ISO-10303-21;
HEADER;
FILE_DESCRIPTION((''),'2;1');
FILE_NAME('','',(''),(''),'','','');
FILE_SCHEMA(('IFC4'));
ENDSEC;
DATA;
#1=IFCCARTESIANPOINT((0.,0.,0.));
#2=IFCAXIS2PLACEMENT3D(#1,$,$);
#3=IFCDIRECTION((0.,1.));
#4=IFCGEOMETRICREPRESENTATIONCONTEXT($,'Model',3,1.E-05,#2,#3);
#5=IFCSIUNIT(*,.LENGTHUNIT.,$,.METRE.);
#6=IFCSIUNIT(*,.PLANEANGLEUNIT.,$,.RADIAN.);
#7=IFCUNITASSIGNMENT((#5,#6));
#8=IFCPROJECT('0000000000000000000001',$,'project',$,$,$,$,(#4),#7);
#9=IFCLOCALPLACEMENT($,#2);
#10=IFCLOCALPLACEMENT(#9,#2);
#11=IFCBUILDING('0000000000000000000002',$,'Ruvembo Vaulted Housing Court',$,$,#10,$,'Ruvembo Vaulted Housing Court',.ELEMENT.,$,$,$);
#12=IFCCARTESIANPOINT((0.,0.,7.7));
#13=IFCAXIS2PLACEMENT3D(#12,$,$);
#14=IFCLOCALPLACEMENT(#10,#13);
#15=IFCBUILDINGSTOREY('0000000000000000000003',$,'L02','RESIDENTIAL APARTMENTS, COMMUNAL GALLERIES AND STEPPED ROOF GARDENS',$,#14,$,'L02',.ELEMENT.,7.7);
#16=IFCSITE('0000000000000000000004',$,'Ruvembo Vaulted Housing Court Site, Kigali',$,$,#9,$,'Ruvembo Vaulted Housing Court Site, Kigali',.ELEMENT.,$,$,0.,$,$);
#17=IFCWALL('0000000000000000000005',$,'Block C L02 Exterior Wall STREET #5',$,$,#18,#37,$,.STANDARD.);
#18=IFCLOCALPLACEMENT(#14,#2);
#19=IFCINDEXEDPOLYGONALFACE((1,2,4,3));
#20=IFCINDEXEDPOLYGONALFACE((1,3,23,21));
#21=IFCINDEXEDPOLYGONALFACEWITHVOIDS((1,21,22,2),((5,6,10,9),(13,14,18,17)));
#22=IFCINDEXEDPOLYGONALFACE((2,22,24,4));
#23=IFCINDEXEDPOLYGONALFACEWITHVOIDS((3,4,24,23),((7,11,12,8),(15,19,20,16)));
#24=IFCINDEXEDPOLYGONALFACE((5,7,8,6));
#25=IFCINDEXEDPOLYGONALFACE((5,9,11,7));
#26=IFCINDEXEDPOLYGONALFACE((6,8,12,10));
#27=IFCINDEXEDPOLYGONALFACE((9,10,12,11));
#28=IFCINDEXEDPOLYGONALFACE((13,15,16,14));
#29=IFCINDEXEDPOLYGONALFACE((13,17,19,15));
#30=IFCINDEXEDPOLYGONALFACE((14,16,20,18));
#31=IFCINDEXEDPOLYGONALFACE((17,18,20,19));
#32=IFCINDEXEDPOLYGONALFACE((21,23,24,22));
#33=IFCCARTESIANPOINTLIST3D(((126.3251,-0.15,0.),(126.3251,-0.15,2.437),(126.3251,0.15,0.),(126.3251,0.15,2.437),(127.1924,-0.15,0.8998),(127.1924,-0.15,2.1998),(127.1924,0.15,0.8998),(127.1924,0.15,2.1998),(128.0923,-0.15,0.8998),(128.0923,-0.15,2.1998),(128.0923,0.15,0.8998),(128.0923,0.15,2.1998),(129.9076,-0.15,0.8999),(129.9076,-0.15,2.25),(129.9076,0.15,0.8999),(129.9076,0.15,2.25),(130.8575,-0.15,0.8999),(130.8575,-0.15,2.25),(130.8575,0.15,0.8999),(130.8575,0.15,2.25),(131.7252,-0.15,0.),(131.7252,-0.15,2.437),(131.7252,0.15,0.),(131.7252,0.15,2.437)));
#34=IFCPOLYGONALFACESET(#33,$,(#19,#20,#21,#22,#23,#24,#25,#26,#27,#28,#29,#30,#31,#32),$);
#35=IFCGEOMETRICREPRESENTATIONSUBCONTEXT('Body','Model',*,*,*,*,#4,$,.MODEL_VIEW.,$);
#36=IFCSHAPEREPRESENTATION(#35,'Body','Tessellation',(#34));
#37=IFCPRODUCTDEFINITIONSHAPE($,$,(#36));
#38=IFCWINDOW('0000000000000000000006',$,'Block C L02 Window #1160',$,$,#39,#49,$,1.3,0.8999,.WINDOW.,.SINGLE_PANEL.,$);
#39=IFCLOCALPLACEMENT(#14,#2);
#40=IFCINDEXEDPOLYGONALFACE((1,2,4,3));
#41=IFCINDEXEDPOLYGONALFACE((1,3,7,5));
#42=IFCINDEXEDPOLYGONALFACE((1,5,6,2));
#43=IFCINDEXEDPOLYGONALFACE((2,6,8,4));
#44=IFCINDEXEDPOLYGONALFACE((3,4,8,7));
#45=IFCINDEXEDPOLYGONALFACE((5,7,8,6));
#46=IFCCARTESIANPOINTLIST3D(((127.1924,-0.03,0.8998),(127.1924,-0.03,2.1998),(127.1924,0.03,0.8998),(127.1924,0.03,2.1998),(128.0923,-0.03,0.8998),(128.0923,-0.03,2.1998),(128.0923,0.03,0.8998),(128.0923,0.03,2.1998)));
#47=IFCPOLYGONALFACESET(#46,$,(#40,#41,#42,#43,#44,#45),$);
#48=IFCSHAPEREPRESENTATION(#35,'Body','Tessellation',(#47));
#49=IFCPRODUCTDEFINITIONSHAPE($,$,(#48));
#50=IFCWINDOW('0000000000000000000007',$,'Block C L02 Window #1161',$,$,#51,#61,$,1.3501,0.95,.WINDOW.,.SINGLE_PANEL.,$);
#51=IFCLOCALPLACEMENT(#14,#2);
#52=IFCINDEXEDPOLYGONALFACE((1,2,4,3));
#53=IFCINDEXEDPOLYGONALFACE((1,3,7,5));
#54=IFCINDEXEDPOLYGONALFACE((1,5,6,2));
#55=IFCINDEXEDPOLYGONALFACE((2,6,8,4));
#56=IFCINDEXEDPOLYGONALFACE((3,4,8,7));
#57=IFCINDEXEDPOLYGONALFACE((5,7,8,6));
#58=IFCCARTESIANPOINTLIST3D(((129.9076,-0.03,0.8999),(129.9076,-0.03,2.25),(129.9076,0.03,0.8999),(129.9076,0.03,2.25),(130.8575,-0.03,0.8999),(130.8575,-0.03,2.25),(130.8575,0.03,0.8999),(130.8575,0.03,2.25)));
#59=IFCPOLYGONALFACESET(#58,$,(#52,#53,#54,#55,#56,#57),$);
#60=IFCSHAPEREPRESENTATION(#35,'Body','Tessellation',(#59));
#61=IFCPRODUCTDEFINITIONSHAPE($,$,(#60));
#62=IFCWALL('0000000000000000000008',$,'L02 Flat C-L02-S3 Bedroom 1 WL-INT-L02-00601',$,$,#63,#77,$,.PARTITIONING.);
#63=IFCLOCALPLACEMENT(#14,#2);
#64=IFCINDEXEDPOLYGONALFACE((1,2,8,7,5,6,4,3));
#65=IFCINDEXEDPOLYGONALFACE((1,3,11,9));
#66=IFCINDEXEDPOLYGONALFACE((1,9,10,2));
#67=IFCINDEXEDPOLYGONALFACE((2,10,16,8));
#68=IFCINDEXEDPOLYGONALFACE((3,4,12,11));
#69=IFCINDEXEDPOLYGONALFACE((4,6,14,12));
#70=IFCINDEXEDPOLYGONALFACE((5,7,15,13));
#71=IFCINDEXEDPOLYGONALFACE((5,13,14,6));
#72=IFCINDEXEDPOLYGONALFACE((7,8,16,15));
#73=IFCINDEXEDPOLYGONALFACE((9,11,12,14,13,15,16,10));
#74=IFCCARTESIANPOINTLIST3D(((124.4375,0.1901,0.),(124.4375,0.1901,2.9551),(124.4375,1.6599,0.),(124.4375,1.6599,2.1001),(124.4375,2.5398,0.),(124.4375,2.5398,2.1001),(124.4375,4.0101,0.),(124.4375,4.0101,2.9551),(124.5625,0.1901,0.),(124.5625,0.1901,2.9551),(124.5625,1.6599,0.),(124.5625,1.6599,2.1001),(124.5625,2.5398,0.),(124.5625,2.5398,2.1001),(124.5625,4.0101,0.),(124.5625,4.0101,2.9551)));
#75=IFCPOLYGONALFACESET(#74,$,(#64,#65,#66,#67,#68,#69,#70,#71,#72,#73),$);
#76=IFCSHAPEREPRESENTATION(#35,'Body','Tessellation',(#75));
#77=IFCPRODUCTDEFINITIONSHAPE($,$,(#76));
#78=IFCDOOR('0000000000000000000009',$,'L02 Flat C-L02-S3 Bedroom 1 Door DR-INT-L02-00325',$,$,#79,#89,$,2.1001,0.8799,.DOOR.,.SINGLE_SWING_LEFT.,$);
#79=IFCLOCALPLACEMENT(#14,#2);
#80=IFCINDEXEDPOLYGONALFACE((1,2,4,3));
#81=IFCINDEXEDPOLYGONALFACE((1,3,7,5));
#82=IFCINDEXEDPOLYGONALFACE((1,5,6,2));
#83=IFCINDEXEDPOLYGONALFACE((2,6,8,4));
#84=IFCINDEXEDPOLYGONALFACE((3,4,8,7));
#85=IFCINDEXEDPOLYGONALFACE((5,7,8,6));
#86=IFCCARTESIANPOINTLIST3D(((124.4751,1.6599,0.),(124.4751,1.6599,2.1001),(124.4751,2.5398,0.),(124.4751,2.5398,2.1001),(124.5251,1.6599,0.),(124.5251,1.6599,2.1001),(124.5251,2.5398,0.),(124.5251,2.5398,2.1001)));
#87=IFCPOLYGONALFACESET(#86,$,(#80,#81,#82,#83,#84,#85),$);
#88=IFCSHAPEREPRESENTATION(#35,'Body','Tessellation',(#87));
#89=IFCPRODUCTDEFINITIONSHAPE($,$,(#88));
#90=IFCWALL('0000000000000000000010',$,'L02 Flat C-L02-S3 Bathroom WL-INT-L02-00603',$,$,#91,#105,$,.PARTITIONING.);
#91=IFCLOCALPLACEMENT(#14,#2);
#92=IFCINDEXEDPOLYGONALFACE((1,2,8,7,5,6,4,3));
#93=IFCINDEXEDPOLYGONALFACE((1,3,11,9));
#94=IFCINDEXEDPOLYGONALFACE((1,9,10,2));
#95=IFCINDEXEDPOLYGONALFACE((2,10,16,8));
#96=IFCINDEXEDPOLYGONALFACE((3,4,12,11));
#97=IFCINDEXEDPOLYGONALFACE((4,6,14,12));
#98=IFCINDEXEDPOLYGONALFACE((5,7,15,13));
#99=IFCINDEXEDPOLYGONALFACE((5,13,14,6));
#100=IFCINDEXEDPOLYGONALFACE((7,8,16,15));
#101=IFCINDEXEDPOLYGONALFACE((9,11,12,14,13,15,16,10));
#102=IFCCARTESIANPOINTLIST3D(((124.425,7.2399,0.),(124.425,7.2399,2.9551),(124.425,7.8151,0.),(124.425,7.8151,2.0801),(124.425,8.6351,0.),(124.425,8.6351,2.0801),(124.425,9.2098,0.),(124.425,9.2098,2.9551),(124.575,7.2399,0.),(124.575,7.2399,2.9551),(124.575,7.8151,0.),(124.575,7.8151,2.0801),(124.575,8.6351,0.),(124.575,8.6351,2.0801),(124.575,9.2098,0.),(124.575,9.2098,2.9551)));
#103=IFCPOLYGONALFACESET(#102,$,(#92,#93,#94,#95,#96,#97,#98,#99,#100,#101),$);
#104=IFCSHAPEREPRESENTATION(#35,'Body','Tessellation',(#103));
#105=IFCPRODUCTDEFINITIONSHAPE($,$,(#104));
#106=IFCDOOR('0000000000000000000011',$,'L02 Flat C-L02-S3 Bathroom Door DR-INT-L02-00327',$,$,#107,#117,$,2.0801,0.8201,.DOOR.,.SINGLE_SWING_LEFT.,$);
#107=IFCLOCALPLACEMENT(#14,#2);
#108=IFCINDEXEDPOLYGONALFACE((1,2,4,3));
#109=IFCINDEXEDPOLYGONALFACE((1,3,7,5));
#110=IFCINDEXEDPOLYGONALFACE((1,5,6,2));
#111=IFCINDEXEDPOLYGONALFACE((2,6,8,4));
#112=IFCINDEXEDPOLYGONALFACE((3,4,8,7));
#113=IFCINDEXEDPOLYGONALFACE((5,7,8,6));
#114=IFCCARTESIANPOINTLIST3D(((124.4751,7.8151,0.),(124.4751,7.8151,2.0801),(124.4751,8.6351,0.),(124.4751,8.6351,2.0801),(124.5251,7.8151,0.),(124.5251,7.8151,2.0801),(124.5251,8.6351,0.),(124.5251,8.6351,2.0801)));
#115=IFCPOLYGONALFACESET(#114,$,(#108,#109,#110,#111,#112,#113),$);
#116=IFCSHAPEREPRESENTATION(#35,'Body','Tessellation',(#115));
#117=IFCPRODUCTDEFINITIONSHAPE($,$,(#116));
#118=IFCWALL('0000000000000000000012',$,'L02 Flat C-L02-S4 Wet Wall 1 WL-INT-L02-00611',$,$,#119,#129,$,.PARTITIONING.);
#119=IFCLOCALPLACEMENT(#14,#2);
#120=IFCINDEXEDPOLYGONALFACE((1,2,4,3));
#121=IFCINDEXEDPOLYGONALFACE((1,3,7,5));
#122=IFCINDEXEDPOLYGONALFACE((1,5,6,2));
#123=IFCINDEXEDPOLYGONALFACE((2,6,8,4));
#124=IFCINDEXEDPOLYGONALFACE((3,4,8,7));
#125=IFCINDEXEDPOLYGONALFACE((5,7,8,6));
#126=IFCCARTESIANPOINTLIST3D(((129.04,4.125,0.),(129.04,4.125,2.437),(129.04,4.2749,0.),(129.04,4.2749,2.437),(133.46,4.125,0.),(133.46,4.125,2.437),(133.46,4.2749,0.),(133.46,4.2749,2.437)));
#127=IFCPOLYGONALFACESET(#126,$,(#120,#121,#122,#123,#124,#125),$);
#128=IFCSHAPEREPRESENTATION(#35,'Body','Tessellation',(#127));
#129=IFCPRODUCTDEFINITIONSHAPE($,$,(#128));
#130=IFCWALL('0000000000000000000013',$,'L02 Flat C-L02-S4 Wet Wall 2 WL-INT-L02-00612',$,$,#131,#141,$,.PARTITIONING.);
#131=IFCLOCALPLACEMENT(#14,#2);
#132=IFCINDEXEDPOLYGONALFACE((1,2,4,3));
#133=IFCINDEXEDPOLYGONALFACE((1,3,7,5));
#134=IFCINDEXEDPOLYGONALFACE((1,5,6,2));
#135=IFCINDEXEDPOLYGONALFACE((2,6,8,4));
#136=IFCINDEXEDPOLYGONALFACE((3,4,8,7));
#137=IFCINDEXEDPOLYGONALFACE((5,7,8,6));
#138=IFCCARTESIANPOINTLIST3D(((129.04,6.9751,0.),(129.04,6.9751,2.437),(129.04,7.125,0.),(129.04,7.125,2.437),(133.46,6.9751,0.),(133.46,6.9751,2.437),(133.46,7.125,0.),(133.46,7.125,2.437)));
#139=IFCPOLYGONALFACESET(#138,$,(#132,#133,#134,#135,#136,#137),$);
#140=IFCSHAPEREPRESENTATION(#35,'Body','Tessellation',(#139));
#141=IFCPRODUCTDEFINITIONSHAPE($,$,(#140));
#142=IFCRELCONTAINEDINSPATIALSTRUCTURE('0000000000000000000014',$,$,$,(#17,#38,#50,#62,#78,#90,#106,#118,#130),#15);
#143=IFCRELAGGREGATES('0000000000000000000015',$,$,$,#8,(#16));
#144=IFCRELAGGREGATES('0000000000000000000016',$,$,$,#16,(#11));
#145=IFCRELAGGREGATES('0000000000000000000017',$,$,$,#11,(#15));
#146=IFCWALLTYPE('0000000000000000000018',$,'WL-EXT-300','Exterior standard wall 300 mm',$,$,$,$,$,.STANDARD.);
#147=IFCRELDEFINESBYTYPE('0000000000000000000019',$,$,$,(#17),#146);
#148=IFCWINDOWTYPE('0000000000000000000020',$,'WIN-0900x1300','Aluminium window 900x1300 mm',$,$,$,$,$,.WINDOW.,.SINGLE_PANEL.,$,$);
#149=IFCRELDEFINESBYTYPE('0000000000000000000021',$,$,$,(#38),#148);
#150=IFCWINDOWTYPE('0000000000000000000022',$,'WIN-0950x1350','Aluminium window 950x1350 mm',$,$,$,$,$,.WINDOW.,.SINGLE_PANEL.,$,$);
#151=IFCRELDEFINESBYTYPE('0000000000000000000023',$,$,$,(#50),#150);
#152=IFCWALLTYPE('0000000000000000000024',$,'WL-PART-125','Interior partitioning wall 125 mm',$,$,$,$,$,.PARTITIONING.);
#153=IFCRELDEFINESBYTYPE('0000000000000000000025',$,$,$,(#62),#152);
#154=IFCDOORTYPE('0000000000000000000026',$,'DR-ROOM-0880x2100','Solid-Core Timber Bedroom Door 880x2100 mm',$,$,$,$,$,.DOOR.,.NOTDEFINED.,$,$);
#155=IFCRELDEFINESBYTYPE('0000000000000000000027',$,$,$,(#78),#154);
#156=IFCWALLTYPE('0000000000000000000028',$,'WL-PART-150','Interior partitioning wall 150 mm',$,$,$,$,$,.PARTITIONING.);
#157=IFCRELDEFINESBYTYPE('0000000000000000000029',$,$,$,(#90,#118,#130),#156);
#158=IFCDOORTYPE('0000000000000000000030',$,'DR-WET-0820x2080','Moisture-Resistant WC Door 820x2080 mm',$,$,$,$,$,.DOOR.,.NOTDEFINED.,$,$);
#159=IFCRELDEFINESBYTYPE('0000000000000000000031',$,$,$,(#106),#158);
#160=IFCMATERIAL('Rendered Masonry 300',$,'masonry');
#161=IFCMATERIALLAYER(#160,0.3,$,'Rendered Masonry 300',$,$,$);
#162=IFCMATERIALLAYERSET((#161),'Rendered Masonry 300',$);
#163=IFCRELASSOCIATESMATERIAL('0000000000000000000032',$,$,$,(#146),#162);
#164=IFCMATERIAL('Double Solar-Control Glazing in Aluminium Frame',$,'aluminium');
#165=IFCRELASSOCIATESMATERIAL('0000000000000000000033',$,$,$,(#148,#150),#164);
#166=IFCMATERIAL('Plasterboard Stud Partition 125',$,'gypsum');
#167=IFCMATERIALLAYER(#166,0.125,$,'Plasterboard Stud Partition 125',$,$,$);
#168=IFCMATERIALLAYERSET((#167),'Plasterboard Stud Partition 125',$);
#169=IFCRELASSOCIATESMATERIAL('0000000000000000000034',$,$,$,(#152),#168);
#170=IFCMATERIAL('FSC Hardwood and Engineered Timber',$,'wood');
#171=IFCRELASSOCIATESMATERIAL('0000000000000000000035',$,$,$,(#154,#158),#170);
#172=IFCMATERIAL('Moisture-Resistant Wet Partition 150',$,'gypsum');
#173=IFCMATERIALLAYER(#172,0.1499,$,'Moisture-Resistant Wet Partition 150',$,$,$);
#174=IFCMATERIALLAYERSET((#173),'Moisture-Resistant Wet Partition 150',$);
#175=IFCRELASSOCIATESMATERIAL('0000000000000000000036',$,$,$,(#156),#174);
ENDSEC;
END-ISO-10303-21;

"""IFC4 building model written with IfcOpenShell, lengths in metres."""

from ifc_helpers import new_model, si_unit, direction, frame, frame_2d, origin, place, context, subcontext, project, spatial, rectangle, extrude, material, layer, layer_set, type_object, element, fill, save


model = new_model("IFC4")

# Units and contexts
model_context = context("Model", 3, precision=1e-05, world=origin(), true_north=direction((0.0, 1.0)))
body_context = subcontext(model_context, "Body", "Model", "MODEL_VIEW")
ifc_project = project(units=[si_unit("LENGTHUNIT", "METRE"), si_unit("PLANEANGLEUNIT", "RADIAN")], contexts=[model_context])

# Site, building, storey
site_placement = place(None, origin())
site = spatial("IfcSite", under=ifc_project, at=site_placement, Name="Ruvembo Vaulted Housing Court Site, Kigali", LongName="Ruvembo Vaulted Housing Court Site, Kigali", CompositionType="ELEMENT", RefElevation=0.0)
building_placement = place(site_placement, origin())
building = spatial("IfcBuilding", under=site, at=building_placement, Name="Ruvembo Vaulted Housing Court", LongName="Ruvembo Vaulted Housing Court", CompositionType="ELEMENT")
storey_placement = place(building_placement, frame((0.0, 0.0, 7.7)))
storey = spatial("IfcBuildingStorey", under=building, at=storey_placement, Name="L02", Description="RESIDENTIAL APARTMENTS, COMMUNAL GALLERIES AND STEPPED ROOF GARDENS", LongName="L02", CompositionType="ELEMENT", Elevation=7.7)

# Shared definitions
ifc_material_1 = material(Name="FSC Hardwood and Engineered Timber", Category="wood")

# Wall, openings, windows
ifc_material_2 = material(Name="Rendered Masonry 300", Category="masonry")
ifc_layer_1 = layer(ifc_material_2, 0.3, Name="Rendered Masonry 300")
ifc_layer_set_1 = layer_set([ifc_layer_1], Name="Rendered Masonry 300")
wall_type_1 = type_object("IfcWallType", Name="WL-EXT-300", Description="Exterior standard wall 300 mm", PredefinedType="STANDARD", material=ifc_layer_set_1)
wall_1_placement = place(storey_placement, frame((126.325, 0.0, 0.0), z_axis=(0.0, 0.0, 1.0), x_axis=(1.0, 0.0, 0.0)))
wall_1 = element("IfcWall", 1, at=wall_1_placement, inside=storey, type_object=wall_type_1, Name="Block C L02 Exterior Wall STREET #5", PredefinedType="STANDARD", context=body_context, shape_type="SweptSolid", body=[
    extrude(rectangle(XDim=5.4001, YDim=0.3, at=frame_2d((2.7002, 0.0))), origin(), (0.0, 0.0, 1.0), 2.437),
])
opening_1_placement = place(wall_1_placement, frame((0.8674, 0.0, 0.8999)))
opening_1 = element("IfcOpeningElement", 2, at=opening_1_placement, cuts=wall_1, PredefinedType="OPENING", context=body_context, shape_type="SweptSolid", body=[
    extrude(rectangle(XDim=0.8999, YDim=1.3, at=frame_2d((0.45, 0.6499))), frame((0.0, 0.1599, 0.0), z_axis=(0.0, -1.0, 0.0), x_axis=(1.0, 0.0, 0.0)), (0.0, 0.0, 1.0), 0.3201),
])
opening_2_placement = place(wall_1_placement, frame((3.5825, 0.0, 0.8999)))
opening_2 = element("IfcOpeningElement", 3, at=opening_2_placement, cuts=wall_1, PredefinedType="OPENING", context=body_context, shape_type="SweptSolid", body=[
    extrude(rectangle(XDim=0.95, YDim=1.3501, at=frame_2d((0.4751, 0.675))), frame((0.0, 0.1599, 0.0), z_axis=(0.0, -1.0, 0.0), x_axis=(1.0, 0.0, 0.0)), (0.0, 0.0, 1.0), 0.3201),
])
ifc_material_3 = material(Name="Double Solar-Control Glazing in Aluminium Frame", Category="aluminium")
window_type_1 = type_object("IfcWindowType", Name="WIN-0900x1300", Description="Aluminium window 900x1300 mm", PartitioningType="SINGLE_PANEL", PredefinedType="WINDOW", material=ifc_material_3)
window_1_placement = place(opening_1_placement, origin())
window_1 = element("IfcWindow", 4, at=window_1_placement, inside=storey, type_object=window_type_1, Name="Block C L02 Window #1160", OverallHeight=1.3, OverallWidth=0.8999, PartitioningType="SINGLE_PANEL", PredefinedType="WINDOW", context=body_context, shape_type="SweptSolid", body=[
    extrude(rectangle(XDim=0.8999, YDim=1.3, at=frame_2d((0.45, 0.6499))), frame((0.0, 0.03, 0.0), z_axis=(0.0, -1.0, 0.0), x_axis=(1.0, 0.0, 0.0)), (0.0, 0.0, 1.0), 0.0601),
])
fill(opening_1, window_1)
window_type_2 = type_object("IfcWindowType", Name="WIN-0950x1350", Description="Aluminium window 950x1350 mm", PartitioningType="SINGLE_PANEL", PredefinedType="WINDOW", material=ifc_material_3)
window_2_placement = place(opening_2_placement, origin())
window_2 = element("IfcWindow", 5, at=window_2_placement, inside=storey, type_object=window_type_2, Name="Block C L02 Window #1161", OverallHeight=1.3501, OverallWidth=0.95, PartitioningType="SINGLE_PANEL", PredefinedType="WINDOW", context=body_context, shape_type="SweptSolid", body=[
    extrude(rectangle(XDim=0.95, YDim=1.3501, at=frame_2d((0.4751, 0.675))), frame((0.0, 0.03, 0.0), z_axis=(0.0, -1.0, 0.0), x_axis=(1.0, 0.0, 0.0)), (0.0, 0.0, 1.0), 0.0601),
])
fill(opening_2, window_2)

# Walls, openings, doors
ifc_material_4 = material(Name="Plasterboard Stud Partition 125", Category="gypsum")
ifc_layer_2 = layer(ifc_material_4, 0.125, Name="Plasterboard Stud Partition 125")
ifc_layer_set_2 = layer_set([ifc_layer_2], Name="Plasterboard Stud Partition 125")
wall_type_2 = type_object("IfcWallType", Name="WL-PART-125", Description="Interior partitioning wall 125 mm", PredefinedType="PARTITIONING", material=ifc_layer_set_2)
wall_2_placement = place(storey_placement, frame((124.5, 0.1899, 0.0), z_axis=(0.0, 0.0, 1.0), x_axis=(0.0, 1.0, 0.0)))
wall_2 = element("IfcWall", 6, at=wall_2_placement, inside=storey, type_object=wall_type_2, Name="L02 Flat C-L02-S3 Bedroom 1 WL-INT-L02-00601", PredefinedType="PARTITIONING", context=body_context, shape_type="SweptSolid", body=[
    extrude(rectangle(XDim=3.8201, YDim=0.125, at=frame_2d((1.9102, 0.0))), origin(), (0.0, 0.0, 1.0), 2.9551),
])
opening_3_placement = place(wall_2_placement, frame((1.47, 0.0, 0.0)))
opening_3 = element("IfcOpeningElement", 7, at=opening_3_placement, cuts=wall_2, PredefinedType="OPENING", context=body_context, shape_type="SweptSolid", body=[
    extrude(rectangle(XDim=0.8799, YDim=2.1001, at=frame_2d((0.4399, 1.05))), frame((0.0, 0.0725, 0.0), z_axis=(0.0, -1.0, 0.0), x_axis=(1.0, 0.0, 0.0)), (0.0, 0.0, 1.0), 0.145),
])
door_type_1 = type_object("IfcDoorType", Name="DR-ROOM-0880x2100", Description="Solid-Core Timber Bedroom Door 880x2100 mm", OperationType="NOTDEFINED", PredefinedType="DOOR", material=ifc_material_1)
door_1_placement = place(opening_3_placement, origin())
door_1 = element("IfcDoor", 8, at=door_1_placement, inside=storey, type_object=door_type_1, Name="L02 Flat C-L02-S3 Bedroom 1 Door DR-INT-L02-00325", OperationType="SINGLE_SWING_LEFT", OverallHeight=2.1001, OverallWidth=0.8799, PredefinedType="DOOR", context=body_context, shape_type="SweptSolid", body=[
    extrude(rectangle(XDim=0.8799, YDim=2.1001, at=frame_2d((0.4399, 1.05))), frame((0.0, 0.0249, 0.0), z_axis=(0.0, -1.0, 0.0), x_axis=(1.0, 0.0, 0.0)), (0.0, 0.0, 1.0), 0.05),
])
fill(opening_3, door_1)
ifc_material_5 = material(Name="Moisture-Resistant Wet Partition 150", Category="gypsum")
ifc_layer_3 = layer(ifc_material_5, 0.1499, Name="Moisture-Resistant Wet Partition 150")
ifc_layer_set_3 = layer_set([ifc_layer_3], Name="Moisture-Resistant Wet Partition 150")
wall_type_3 = type_object("IfcWallType", Name="WL-PART-150", Description="Interior partitioning wall 150 mm", PredefinedType="PARTITIONING", material=ifc_layer_set_3)
wall_3_placement = place(storey_placement, frame((124.5, 7.24, 0.0), z_axis=(0.0, 0.0, 1.0), x_axis=(0.0, 1.0, 0.0)))
wall_3 = element("IfcWall", 9, at=wall_3_placement, inside=storey, type_object=wall_type_3, Name="L02 Flat C-L02-S3 Bathroom WL-INT-L02-00603", PredefinedType="PARTITIONING", context=body_context, shape_type="SweptSolid", body=[
    extrude(rectangle(XDim=1.97, YDim=0.1499, at=frame_2d((0.9849, 0.0))), origin(), (0.0, 0.0, 1.0), 2.9551),
])
opening_4_placement = place(wall_3_placement, frame((0.575, 0.0, 0.0)))
opening_4 = element("IfcOpeningElement", 10, at=opening_4_placement, cuts=wall_3, PredefinedType="OPENING", context=body_context, shape_type="SweptSolid", body=[
    extrude(rectangle(XDim=0.8201, YDim=2.0801, at=frame_2d((0.4102, 1.04))), frame((0.0, 0.085, 0.0), z_axis=(0.0, -1.0, 0.0), x_axis=(1.0, 0.0, 0.0)), (0.0, 0.0, 1.0), 0.1699),
])
door_type_2 = type_object("IfcDoorType", Name="DR-WET-0820x2080", Description="Moisture-Resistant WC Door 820x2080 mm", OperationType="NOTDEFINED", PredefinedType="DOOR", material=ifc_material_1)
door_2_placement = place(opening_4_placement, origin())
door_2 = element("IfcDoor", 11, at=door_2_placement, inside=storey, type_object=door_type_2, Name="L02 Flat C-L02-S3 Bathroom Door DR-INT-L02-00327", OperationType="SINGLE_SWING_LEFT", OverallHeight=2.0801, OverallWidth=0.8201, PredefinedType="DOOR", context=body_context, shape_type="SweptSolid", body=[
    extrude(rectangle(XDim=0.8201, YDim=2.0801, at=frame_2d((0.4102, 1.04))), frame((0.0, 0.0249, 0.0), z_axis=(0.0, -1.0, 0.0), x_axis=(1.0, 0.0, 0.0)), (0.0, 0.0, 1.0), 0.05),
])
fill(opening_4, door_2)

# Walls
for number, where, z_axis, x_axis, name in (
    (12, (129.04, 4.2, 0.0), (0.0, 0.0, 1.0), (1.0, 0.0, 0.0), "L02 Flat C-L02-S4 Wet Wall 1 WL-INT-L02-00611"),
    (13, (129.04, 7.05, 0.0), (0.0, 0.0, 1.0), (1.0, 0.0, 0.0), "L02 Flat C-L02-S4 Wet Wall 2 WL-INT-L02-00612"),
):
    element("IfcWall", number, at=place(storey_placement, frame(where, z_axis=z_axis, x_axis=x_axis)), inside=storey, type_object=wall_type_3, Name=name, PredefinedType="PARTITIONING", context=body_context, shape_type="SweptSolid", body=[
        extrude(rectangle(XDim=4.4199, YDim=0.1499, at=frame_2d((2.21, 0.0))), origin(), (0.0, 0.0, 1.0), 2.437),
    ])

save(model, "model.ifc")
